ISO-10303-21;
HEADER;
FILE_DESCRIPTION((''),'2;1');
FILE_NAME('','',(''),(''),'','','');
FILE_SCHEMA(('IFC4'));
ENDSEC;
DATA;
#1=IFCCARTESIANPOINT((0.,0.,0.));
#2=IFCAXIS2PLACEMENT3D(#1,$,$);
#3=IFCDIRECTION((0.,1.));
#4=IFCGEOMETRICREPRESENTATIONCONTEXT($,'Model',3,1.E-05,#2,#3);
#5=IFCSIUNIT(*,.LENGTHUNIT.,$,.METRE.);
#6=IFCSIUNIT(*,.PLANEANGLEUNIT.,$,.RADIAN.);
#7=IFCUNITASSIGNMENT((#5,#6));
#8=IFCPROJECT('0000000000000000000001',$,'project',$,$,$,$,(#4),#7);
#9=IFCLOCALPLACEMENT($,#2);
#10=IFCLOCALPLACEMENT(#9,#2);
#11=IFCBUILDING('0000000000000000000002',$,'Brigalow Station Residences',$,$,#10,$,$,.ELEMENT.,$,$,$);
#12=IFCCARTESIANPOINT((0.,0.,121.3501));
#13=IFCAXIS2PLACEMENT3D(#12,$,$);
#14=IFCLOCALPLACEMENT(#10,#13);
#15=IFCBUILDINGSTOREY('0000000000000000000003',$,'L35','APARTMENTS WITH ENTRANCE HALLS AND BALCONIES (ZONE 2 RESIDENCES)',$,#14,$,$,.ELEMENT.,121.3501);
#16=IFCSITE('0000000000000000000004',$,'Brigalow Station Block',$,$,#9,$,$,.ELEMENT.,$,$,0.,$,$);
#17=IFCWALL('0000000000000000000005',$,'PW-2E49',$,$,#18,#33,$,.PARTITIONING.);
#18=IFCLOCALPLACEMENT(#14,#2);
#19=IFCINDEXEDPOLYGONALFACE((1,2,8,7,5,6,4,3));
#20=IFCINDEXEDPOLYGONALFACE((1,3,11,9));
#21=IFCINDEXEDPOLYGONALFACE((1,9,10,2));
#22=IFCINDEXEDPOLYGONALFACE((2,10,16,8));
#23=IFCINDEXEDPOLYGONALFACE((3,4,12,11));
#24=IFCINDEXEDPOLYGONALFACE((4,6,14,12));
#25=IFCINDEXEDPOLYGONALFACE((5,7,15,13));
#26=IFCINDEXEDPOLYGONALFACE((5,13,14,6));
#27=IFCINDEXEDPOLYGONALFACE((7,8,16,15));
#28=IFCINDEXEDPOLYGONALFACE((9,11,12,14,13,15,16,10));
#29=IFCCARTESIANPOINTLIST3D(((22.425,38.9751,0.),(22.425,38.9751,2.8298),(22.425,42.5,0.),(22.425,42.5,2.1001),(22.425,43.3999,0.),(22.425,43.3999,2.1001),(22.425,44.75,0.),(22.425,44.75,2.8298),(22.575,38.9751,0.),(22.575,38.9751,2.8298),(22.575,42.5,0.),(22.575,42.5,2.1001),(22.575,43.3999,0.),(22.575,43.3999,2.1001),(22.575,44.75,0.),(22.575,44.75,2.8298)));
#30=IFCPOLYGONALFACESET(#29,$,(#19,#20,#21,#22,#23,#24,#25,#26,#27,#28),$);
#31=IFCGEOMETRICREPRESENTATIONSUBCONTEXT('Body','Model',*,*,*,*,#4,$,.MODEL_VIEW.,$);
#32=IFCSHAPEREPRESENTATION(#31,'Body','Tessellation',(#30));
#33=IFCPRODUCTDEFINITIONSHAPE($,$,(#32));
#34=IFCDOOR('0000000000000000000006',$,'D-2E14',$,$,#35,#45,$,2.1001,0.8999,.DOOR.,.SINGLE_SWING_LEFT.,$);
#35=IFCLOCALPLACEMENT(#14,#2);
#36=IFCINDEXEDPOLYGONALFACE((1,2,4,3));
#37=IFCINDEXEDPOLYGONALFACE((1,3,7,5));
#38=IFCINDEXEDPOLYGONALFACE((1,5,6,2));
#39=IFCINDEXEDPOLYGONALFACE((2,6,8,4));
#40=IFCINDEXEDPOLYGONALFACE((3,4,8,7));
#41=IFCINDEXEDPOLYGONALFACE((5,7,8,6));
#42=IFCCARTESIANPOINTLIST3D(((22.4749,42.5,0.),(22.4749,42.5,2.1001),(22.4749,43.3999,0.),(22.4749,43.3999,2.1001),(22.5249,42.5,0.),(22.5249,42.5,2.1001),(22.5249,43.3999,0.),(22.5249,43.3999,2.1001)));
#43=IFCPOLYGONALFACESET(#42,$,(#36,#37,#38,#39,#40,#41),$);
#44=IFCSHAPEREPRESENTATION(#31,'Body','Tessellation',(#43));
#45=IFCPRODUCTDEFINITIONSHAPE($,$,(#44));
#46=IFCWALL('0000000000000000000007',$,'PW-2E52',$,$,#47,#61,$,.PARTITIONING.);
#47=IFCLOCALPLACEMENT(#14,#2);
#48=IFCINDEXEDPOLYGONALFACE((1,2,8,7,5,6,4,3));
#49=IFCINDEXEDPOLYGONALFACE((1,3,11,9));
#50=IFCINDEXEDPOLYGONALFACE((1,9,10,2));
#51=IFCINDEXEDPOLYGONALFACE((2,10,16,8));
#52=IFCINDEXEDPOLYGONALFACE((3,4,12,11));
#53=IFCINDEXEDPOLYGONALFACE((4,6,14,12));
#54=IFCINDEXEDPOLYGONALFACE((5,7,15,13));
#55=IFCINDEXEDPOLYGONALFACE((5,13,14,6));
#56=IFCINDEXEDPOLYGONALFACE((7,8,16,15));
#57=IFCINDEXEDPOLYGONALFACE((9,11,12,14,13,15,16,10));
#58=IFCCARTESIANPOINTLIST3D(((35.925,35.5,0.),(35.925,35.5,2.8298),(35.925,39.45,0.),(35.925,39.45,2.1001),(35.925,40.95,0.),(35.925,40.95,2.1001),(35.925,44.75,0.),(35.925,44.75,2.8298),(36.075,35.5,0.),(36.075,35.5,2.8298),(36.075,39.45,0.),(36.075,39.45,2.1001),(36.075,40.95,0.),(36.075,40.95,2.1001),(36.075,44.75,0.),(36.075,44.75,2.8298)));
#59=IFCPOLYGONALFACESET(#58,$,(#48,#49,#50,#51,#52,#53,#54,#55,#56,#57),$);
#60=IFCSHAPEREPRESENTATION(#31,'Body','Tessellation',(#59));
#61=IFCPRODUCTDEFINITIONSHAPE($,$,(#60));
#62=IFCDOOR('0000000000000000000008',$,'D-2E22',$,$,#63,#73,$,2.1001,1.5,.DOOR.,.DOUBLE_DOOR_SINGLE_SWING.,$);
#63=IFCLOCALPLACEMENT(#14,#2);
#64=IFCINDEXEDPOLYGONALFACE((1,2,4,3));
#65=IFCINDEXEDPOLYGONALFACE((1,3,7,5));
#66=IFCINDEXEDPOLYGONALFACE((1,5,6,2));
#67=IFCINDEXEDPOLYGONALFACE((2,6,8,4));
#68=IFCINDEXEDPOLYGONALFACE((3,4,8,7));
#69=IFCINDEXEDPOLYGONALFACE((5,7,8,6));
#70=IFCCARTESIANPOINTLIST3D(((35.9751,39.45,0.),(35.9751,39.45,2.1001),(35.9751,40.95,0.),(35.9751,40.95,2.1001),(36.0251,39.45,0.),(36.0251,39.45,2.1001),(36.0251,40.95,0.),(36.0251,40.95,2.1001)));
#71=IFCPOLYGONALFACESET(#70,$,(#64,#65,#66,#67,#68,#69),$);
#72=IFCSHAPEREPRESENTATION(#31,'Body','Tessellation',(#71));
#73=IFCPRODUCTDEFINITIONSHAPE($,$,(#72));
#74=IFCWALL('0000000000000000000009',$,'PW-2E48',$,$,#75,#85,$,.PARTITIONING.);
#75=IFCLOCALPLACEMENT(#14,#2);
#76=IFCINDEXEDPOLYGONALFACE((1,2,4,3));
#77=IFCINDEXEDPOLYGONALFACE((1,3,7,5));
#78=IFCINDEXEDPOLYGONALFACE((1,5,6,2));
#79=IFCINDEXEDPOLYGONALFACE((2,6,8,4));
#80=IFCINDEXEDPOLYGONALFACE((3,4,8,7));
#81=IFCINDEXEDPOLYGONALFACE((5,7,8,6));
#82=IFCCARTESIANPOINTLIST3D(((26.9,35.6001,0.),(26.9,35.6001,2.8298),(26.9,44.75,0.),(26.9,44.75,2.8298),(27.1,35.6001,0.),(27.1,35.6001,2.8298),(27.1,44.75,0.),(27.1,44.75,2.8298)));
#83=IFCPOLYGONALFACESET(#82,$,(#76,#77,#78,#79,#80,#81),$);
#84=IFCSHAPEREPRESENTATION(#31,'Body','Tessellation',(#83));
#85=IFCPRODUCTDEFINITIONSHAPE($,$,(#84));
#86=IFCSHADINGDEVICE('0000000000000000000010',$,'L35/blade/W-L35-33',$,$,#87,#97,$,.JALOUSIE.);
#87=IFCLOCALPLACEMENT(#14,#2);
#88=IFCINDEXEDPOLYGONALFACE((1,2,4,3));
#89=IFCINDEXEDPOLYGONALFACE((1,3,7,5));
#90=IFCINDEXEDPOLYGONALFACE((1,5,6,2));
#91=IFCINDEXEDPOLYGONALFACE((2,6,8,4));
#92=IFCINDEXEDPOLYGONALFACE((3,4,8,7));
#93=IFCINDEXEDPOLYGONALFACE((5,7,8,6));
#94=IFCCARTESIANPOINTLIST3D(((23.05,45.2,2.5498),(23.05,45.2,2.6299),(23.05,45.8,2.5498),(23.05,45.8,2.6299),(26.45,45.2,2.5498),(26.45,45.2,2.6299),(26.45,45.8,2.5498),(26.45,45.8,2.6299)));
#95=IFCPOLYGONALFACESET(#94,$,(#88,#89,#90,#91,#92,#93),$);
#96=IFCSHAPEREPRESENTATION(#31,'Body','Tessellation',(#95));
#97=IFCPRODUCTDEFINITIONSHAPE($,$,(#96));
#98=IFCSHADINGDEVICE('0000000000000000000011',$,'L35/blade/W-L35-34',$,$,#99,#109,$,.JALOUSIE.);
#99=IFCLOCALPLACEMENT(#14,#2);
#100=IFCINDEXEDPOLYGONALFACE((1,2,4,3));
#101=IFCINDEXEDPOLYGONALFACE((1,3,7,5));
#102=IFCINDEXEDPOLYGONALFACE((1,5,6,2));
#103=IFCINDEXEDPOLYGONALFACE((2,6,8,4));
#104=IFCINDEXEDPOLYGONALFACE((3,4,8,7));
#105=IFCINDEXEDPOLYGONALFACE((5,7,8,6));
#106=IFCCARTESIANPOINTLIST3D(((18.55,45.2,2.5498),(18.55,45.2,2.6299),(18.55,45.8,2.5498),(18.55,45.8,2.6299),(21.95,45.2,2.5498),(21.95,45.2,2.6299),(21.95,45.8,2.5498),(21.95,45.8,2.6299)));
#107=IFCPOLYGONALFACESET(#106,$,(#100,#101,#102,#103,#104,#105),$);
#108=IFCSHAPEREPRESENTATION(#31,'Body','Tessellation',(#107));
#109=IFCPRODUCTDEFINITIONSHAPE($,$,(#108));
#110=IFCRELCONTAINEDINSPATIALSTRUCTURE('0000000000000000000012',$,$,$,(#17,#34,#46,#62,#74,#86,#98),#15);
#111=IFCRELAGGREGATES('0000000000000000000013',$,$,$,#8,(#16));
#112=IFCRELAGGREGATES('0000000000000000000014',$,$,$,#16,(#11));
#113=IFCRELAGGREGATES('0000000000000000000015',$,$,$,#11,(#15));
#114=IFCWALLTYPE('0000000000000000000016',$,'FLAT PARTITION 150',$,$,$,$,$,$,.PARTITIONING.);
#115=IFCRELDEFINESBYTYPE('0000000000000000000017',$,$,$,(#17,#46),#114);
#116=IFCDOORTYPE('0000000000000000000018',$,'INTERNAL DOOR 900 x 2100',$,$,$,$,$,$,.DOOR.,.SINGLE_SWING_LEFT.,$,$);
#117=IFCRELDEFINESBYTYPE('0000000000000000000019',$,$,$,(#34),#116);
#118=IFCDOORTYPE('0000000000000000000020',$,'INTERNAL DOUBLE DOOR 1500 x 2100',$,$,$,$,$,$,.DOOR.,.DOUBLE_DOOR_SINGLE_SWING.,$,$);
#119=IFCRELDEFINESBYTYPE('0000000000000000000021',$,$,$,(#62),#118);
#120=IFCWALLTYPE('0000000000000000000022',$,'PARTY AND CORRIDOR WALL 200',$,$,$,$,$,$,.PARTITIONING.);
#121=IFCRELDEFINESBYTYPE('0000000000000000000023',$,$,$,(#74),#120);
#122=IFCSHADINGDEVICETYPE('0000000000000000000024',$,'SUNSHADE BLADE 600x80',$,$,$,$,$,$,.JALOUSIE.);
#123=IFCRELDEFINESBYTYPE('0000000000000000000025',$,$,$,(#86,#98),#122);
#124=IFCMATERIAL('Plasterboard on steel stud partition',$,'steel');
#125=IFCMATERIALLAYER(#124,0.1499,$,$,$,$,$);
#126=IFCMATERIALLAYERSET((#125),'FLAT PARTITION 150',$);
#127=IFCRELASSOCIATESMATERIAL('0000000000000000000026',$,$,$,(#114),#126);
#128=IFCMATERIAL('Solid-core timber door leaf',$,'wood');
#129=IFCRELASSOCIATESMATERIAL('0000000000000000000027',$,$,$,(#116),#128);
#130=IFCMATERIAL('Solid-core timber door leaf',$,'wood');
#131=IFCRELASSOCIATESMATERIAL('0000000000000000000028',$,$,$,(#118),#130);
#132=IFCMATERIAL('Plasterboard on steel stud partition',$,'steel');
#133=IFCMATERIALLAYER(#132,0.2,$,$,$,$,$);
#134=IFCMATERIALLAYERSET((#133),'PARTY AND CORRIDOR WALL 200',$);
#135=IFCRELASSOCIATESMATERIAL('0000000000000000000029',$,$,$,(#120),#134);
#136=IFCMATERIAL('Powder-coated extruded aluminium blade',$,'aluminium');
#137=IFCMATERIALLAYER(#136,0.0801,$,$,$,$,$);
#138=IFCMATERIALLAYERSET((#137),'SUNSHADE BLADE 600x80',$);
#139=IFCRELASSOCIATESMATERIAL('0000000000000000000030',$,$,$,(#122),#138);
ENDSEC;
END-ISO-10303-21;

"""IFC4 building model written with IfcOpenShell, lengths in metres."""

from ifc_helpers import new_model, si_unit, direction, frame, frame_2d, origin, origin_2d, place, context, subcontext, project, spatial, rectangle, extrude, material, layer, layer_set, type_object, element, fill, save


model = new_model("IFC4")

# Units and contexts
model_context = context("Model", 3, precision=1e-05, world=origin(), true_north=direction((0.0, 1.0)))
body_context = subcontext(model_context, "Body", "Model", "MODEL_VIEW")
ifc_project = project(units=[si_unit("LENGTHUNIT", "METRE"), si_unit("PLANEANGLEUNIT", "RADIAN")], contexts=[model_context])

# Site, building, storey
site_placement = place(None, origin())
site = spatial("IfcSite", under=ifc_project, at=site_placement, Name="Brigalow Station Block", CompositionType="ELEMENT", RefElevation=0.0)
building_placement = place(site_placement, origin())
building = spatial("IfcBuilding", under=site, at=building_placement, Name="Brigalow Station Residences", CompositionType="ELEMENT")
storey_placement = place(building_placement, frame((0.0, 0.0, 121.3501)))
storey = spatial("IfcBuildingStorey", under=building, at=storey_placement, Name="L35", Description="APARTMENTS WITH ENTRANCE HALLS AND BALCONIES (ZONE 2 RESIDENCES)", CompositionType="ELEMENT", Elevation=121.3501)

# Walls, openings, doors
ifc_material_1 = material(Name="Plasterboard on steel stud partition", Category="steel")
ifc_layer_1 = layer(ifc_material_1, 0.1499)
ifc_layer_set_1 = layer_set([ifc_layer_1], Name="FLAT PARTITION 150")
wall_type_1 = type_object("IfcWallType", Name="FLAT PARTITION 150", PredefinedType="PARTITIONING", material=ifc_layer_set_1)
wall_1_placement = place(storey_placement, frame((22.5, 38.9751, 0.0), z_axis=(0.0, 0.0, 1.0), x_axis=(0.0, 1.0, 0.0)))
wall_1 = element("IfcWall", 1, at=wall_1_placement, inside=storey, type_object=wall_type_1, Name="PW-2E49", PredefinedType="PARTITIONING", context=body_context, shape_type="SweptSolid", body=[
    extrude(rectangle(XDim=5.7749, YDim=0.1499, at=frame_2d((2.8875, 0.0))), origin(), (0.0, 0.0, 1.0), 2.8298),
])
opening_1_placement = place(wall_1_placement, frame((3.5249, 0.0, 0.0)))
opening_1 = element("IfcOpeningElement", 2, at=opening_1_placement, cuts=wall_1, PredefinedType="OPENING", context=body_context, shape_type="SweptSolid", body=[
    extrude(rectangle(XDim=0.8999, YDim=2.1001, at=frame_2d((0.45, 1.05))), frame((0.0, 0.085, 0.0), z_axis=(0.0, -1.0, 0.0), x_axis=(1.0, 0.0, 0.0)), (0.0, 0.0, 1.0), 0.1699),
])
ifc_material_2 = material(Name="Solid-core timber door leaf", Category="wood")
door_type_1 = type_object("IfcDoorType", Name="INTERNAL DOOR 900 x 2100", OperationType="SINGLE_SWING_LEFT", PredefinedType="DOOR", material=ifc_material_2)
door_1_placement = place(opening_1_placement, frame((0.8999, 0.0, 0.0), z_axis=(0.0, 0.0, 1.0), x_axis=(-1.0, 0.0, 0.0)))
door_1 = element("IfcDoor", 3, at=door_1_placement, inside=storey, type_object=door_type_1, Name="D-2E14", OperationType="SINGLE_SWING_LEFT", OverallHeight=2.1001, OverallWidth=0.8999, PredefinedType="DOOR", context=body_context, shape_type="SweptSolid", body=[
    extrude(rectangle(XDim=0.8999, YDim=2.1001, at=frame_2d((0.45, 1.05))), frame((0.0, 0.0249, 0.0), z_axis=(0.0, -1.0, 0.0), x_axis=(1.0, 0.0, 0.0)), (0.0, 0.0, 1.0), 0.05),
])
fill(opening_1, door_1)
wall_2_placement = place(storey_placement, frame((36.0, 35.5, 0.0), z_axis=(0.0, 0.0, 1.0), x_axis=(0.0, 1.0, 0.0)))
wall_2 = element("IfcWall", 4, at=wall_2_placement, inside=storey, type_object=wall_type_1, Name="PW-2E52", PredefinedType="PARTITIONING", context=body_context, shape_type="SweptSolid", body=[
    extrude(rectangle(XDim=9.25, YDim=0.1499, at=frame_2d((4.625, 0.0))), origin(), (0.0, 0.0, 1.0), 2.8298),
])
opening_2_placement = place(wall_2_placement, frame((3.95, 0.0, 0.0)))
opening_2 = element("IfcOpeningElement", 5, at=opening_2_placement, cuts=wall_2, PredefinedType="OPENING", context=body_context, shape_type="SweptSolid", body=[
    extrude(rectangle(XDim=1.5, YDim=2.1001, at=frame_2d((0.75, 1.05))), frame((0.0, 0.085, 0.0), z_axis=(0.0, -1.0, 0.0), x_axis=(1.0, 0.0, 0.0)), (0.0, 0.0, 1.0), 0.1699),
])
ifc_material_3 = material(Name="Solid-core timber door leaf", Category="wood")
door_type_2 = type_object("IfcDoorType", Name="INTERNAL DOUBLE DOOR 1500 x 2100", OperationType="DOUBLE_DOOR_SINGLE_SWING", PredefinedType="DOOR", material=ifc_material_3)
door_2_placement = place(opening_2_placement, origin())
door_2 = element("IfcDoor", 6, at=door_2_placement, inside=storey, type_object=door_type_2, Name="D-2E22", OperationType="DOUBLE_DOOR_SINGLE_SWING", OverallHeight=2.1001, OverallWidth=1.5, PredefinedType="DOOR", context=body_context, shape_type="SweptSolid", body=[
    extrude(rectangle(XDim=1.5, YDim=2.1001, at=frame_2d((0.75, 1.05))), frame((0.0, 0.0249, 0.0), z_axis=(0.0, -1.0, 0.0), x_axis=(1.0, 0.0, 0.0)), (0.0, 0.0, 1.0), 0.05),
])
fill(opening_2, door_2)

# Wall
ifc_material_4 = material(Name="Plasterboard on steel stud partition", Category="steel")
ifc_layer_2 = layer(ifc_material_4, 0.2)
ifc_layer_set_2 = layer_set([ifc_layer_2], Name="PARTY AND CORRIDOR WALL 200")
wall_type_2 = type_object("IfcWallType", Name="PARTY AND CORRIDOR WALL 200", PredefinedType="PARTITIONING", material=ifc_layer_set_2)
wall_3_placement = place(storey_placement, frame((27.0, 35.6001, 0.0), z_axis=(0.0, 0.0, 1.0), x_axis=(0.0, 1.0, 0.0)))
element("IfcWall", 7, at=wall_3_placement, inside=storey, type_object=wall_type_2, Name="PW-2E48", PredefinedType="PARTITIONING", context=body_context, shape_type="SweptSolid", body=[
    extrude(rectangle(XDim=9.1499, YDim=0.2, at=frame_2d((4.575, 0.0))), origin(), (0.0, 0.0, 1.0), 2.8298),
])

# Shading devices
ifc_material_5 = material(Name="Powder-coated extruded aluminium blade", Category="aluminium")
ifc_layer_3 = layer(ifc_material_5, 0.0801)
ifc_layer_set_3 = layer_set([ifc_layer_3], Name="SUNSHADE BLADE 600x80")
shading_device_type = type_object("IfcShadingDeviceType", Name="SUNSHADE BLADE 600x80", PredefinedType="JALOUSIE", material=ifc_layer_set_3)
for number, where, z_axis, x_axis, name in (
    (8, (24.75, 45.5, 2.5498), (0.0, 0.0, 1.0), (-1.0, 0.0, 0.0), "L35/blade/W-L35-33"),
    (9, (20.25, 45.5, 2.5498), (0.0, 0.0, 1.0), (-1.0, 0.0, 0.0), "L35/blade/W-L35-34"),
):
    element("IfcShadingDevice", number, at=place(storey_placement, frame(where, z_axis=z_axis, x_axis=x_axis)), inside=storey, type_object=shading_device_type, Name=name, PredefinedType="JALOUSIE", context=body_context, shape_type="SweptSolid", body=[
        extrude(rectangle(XDim=3.3999, YDim=0.6001, at=origin_2d()), origin(), (0.0, 0.0, 1.0), 0.0801),
    ])

save(model, "model.ifc")
